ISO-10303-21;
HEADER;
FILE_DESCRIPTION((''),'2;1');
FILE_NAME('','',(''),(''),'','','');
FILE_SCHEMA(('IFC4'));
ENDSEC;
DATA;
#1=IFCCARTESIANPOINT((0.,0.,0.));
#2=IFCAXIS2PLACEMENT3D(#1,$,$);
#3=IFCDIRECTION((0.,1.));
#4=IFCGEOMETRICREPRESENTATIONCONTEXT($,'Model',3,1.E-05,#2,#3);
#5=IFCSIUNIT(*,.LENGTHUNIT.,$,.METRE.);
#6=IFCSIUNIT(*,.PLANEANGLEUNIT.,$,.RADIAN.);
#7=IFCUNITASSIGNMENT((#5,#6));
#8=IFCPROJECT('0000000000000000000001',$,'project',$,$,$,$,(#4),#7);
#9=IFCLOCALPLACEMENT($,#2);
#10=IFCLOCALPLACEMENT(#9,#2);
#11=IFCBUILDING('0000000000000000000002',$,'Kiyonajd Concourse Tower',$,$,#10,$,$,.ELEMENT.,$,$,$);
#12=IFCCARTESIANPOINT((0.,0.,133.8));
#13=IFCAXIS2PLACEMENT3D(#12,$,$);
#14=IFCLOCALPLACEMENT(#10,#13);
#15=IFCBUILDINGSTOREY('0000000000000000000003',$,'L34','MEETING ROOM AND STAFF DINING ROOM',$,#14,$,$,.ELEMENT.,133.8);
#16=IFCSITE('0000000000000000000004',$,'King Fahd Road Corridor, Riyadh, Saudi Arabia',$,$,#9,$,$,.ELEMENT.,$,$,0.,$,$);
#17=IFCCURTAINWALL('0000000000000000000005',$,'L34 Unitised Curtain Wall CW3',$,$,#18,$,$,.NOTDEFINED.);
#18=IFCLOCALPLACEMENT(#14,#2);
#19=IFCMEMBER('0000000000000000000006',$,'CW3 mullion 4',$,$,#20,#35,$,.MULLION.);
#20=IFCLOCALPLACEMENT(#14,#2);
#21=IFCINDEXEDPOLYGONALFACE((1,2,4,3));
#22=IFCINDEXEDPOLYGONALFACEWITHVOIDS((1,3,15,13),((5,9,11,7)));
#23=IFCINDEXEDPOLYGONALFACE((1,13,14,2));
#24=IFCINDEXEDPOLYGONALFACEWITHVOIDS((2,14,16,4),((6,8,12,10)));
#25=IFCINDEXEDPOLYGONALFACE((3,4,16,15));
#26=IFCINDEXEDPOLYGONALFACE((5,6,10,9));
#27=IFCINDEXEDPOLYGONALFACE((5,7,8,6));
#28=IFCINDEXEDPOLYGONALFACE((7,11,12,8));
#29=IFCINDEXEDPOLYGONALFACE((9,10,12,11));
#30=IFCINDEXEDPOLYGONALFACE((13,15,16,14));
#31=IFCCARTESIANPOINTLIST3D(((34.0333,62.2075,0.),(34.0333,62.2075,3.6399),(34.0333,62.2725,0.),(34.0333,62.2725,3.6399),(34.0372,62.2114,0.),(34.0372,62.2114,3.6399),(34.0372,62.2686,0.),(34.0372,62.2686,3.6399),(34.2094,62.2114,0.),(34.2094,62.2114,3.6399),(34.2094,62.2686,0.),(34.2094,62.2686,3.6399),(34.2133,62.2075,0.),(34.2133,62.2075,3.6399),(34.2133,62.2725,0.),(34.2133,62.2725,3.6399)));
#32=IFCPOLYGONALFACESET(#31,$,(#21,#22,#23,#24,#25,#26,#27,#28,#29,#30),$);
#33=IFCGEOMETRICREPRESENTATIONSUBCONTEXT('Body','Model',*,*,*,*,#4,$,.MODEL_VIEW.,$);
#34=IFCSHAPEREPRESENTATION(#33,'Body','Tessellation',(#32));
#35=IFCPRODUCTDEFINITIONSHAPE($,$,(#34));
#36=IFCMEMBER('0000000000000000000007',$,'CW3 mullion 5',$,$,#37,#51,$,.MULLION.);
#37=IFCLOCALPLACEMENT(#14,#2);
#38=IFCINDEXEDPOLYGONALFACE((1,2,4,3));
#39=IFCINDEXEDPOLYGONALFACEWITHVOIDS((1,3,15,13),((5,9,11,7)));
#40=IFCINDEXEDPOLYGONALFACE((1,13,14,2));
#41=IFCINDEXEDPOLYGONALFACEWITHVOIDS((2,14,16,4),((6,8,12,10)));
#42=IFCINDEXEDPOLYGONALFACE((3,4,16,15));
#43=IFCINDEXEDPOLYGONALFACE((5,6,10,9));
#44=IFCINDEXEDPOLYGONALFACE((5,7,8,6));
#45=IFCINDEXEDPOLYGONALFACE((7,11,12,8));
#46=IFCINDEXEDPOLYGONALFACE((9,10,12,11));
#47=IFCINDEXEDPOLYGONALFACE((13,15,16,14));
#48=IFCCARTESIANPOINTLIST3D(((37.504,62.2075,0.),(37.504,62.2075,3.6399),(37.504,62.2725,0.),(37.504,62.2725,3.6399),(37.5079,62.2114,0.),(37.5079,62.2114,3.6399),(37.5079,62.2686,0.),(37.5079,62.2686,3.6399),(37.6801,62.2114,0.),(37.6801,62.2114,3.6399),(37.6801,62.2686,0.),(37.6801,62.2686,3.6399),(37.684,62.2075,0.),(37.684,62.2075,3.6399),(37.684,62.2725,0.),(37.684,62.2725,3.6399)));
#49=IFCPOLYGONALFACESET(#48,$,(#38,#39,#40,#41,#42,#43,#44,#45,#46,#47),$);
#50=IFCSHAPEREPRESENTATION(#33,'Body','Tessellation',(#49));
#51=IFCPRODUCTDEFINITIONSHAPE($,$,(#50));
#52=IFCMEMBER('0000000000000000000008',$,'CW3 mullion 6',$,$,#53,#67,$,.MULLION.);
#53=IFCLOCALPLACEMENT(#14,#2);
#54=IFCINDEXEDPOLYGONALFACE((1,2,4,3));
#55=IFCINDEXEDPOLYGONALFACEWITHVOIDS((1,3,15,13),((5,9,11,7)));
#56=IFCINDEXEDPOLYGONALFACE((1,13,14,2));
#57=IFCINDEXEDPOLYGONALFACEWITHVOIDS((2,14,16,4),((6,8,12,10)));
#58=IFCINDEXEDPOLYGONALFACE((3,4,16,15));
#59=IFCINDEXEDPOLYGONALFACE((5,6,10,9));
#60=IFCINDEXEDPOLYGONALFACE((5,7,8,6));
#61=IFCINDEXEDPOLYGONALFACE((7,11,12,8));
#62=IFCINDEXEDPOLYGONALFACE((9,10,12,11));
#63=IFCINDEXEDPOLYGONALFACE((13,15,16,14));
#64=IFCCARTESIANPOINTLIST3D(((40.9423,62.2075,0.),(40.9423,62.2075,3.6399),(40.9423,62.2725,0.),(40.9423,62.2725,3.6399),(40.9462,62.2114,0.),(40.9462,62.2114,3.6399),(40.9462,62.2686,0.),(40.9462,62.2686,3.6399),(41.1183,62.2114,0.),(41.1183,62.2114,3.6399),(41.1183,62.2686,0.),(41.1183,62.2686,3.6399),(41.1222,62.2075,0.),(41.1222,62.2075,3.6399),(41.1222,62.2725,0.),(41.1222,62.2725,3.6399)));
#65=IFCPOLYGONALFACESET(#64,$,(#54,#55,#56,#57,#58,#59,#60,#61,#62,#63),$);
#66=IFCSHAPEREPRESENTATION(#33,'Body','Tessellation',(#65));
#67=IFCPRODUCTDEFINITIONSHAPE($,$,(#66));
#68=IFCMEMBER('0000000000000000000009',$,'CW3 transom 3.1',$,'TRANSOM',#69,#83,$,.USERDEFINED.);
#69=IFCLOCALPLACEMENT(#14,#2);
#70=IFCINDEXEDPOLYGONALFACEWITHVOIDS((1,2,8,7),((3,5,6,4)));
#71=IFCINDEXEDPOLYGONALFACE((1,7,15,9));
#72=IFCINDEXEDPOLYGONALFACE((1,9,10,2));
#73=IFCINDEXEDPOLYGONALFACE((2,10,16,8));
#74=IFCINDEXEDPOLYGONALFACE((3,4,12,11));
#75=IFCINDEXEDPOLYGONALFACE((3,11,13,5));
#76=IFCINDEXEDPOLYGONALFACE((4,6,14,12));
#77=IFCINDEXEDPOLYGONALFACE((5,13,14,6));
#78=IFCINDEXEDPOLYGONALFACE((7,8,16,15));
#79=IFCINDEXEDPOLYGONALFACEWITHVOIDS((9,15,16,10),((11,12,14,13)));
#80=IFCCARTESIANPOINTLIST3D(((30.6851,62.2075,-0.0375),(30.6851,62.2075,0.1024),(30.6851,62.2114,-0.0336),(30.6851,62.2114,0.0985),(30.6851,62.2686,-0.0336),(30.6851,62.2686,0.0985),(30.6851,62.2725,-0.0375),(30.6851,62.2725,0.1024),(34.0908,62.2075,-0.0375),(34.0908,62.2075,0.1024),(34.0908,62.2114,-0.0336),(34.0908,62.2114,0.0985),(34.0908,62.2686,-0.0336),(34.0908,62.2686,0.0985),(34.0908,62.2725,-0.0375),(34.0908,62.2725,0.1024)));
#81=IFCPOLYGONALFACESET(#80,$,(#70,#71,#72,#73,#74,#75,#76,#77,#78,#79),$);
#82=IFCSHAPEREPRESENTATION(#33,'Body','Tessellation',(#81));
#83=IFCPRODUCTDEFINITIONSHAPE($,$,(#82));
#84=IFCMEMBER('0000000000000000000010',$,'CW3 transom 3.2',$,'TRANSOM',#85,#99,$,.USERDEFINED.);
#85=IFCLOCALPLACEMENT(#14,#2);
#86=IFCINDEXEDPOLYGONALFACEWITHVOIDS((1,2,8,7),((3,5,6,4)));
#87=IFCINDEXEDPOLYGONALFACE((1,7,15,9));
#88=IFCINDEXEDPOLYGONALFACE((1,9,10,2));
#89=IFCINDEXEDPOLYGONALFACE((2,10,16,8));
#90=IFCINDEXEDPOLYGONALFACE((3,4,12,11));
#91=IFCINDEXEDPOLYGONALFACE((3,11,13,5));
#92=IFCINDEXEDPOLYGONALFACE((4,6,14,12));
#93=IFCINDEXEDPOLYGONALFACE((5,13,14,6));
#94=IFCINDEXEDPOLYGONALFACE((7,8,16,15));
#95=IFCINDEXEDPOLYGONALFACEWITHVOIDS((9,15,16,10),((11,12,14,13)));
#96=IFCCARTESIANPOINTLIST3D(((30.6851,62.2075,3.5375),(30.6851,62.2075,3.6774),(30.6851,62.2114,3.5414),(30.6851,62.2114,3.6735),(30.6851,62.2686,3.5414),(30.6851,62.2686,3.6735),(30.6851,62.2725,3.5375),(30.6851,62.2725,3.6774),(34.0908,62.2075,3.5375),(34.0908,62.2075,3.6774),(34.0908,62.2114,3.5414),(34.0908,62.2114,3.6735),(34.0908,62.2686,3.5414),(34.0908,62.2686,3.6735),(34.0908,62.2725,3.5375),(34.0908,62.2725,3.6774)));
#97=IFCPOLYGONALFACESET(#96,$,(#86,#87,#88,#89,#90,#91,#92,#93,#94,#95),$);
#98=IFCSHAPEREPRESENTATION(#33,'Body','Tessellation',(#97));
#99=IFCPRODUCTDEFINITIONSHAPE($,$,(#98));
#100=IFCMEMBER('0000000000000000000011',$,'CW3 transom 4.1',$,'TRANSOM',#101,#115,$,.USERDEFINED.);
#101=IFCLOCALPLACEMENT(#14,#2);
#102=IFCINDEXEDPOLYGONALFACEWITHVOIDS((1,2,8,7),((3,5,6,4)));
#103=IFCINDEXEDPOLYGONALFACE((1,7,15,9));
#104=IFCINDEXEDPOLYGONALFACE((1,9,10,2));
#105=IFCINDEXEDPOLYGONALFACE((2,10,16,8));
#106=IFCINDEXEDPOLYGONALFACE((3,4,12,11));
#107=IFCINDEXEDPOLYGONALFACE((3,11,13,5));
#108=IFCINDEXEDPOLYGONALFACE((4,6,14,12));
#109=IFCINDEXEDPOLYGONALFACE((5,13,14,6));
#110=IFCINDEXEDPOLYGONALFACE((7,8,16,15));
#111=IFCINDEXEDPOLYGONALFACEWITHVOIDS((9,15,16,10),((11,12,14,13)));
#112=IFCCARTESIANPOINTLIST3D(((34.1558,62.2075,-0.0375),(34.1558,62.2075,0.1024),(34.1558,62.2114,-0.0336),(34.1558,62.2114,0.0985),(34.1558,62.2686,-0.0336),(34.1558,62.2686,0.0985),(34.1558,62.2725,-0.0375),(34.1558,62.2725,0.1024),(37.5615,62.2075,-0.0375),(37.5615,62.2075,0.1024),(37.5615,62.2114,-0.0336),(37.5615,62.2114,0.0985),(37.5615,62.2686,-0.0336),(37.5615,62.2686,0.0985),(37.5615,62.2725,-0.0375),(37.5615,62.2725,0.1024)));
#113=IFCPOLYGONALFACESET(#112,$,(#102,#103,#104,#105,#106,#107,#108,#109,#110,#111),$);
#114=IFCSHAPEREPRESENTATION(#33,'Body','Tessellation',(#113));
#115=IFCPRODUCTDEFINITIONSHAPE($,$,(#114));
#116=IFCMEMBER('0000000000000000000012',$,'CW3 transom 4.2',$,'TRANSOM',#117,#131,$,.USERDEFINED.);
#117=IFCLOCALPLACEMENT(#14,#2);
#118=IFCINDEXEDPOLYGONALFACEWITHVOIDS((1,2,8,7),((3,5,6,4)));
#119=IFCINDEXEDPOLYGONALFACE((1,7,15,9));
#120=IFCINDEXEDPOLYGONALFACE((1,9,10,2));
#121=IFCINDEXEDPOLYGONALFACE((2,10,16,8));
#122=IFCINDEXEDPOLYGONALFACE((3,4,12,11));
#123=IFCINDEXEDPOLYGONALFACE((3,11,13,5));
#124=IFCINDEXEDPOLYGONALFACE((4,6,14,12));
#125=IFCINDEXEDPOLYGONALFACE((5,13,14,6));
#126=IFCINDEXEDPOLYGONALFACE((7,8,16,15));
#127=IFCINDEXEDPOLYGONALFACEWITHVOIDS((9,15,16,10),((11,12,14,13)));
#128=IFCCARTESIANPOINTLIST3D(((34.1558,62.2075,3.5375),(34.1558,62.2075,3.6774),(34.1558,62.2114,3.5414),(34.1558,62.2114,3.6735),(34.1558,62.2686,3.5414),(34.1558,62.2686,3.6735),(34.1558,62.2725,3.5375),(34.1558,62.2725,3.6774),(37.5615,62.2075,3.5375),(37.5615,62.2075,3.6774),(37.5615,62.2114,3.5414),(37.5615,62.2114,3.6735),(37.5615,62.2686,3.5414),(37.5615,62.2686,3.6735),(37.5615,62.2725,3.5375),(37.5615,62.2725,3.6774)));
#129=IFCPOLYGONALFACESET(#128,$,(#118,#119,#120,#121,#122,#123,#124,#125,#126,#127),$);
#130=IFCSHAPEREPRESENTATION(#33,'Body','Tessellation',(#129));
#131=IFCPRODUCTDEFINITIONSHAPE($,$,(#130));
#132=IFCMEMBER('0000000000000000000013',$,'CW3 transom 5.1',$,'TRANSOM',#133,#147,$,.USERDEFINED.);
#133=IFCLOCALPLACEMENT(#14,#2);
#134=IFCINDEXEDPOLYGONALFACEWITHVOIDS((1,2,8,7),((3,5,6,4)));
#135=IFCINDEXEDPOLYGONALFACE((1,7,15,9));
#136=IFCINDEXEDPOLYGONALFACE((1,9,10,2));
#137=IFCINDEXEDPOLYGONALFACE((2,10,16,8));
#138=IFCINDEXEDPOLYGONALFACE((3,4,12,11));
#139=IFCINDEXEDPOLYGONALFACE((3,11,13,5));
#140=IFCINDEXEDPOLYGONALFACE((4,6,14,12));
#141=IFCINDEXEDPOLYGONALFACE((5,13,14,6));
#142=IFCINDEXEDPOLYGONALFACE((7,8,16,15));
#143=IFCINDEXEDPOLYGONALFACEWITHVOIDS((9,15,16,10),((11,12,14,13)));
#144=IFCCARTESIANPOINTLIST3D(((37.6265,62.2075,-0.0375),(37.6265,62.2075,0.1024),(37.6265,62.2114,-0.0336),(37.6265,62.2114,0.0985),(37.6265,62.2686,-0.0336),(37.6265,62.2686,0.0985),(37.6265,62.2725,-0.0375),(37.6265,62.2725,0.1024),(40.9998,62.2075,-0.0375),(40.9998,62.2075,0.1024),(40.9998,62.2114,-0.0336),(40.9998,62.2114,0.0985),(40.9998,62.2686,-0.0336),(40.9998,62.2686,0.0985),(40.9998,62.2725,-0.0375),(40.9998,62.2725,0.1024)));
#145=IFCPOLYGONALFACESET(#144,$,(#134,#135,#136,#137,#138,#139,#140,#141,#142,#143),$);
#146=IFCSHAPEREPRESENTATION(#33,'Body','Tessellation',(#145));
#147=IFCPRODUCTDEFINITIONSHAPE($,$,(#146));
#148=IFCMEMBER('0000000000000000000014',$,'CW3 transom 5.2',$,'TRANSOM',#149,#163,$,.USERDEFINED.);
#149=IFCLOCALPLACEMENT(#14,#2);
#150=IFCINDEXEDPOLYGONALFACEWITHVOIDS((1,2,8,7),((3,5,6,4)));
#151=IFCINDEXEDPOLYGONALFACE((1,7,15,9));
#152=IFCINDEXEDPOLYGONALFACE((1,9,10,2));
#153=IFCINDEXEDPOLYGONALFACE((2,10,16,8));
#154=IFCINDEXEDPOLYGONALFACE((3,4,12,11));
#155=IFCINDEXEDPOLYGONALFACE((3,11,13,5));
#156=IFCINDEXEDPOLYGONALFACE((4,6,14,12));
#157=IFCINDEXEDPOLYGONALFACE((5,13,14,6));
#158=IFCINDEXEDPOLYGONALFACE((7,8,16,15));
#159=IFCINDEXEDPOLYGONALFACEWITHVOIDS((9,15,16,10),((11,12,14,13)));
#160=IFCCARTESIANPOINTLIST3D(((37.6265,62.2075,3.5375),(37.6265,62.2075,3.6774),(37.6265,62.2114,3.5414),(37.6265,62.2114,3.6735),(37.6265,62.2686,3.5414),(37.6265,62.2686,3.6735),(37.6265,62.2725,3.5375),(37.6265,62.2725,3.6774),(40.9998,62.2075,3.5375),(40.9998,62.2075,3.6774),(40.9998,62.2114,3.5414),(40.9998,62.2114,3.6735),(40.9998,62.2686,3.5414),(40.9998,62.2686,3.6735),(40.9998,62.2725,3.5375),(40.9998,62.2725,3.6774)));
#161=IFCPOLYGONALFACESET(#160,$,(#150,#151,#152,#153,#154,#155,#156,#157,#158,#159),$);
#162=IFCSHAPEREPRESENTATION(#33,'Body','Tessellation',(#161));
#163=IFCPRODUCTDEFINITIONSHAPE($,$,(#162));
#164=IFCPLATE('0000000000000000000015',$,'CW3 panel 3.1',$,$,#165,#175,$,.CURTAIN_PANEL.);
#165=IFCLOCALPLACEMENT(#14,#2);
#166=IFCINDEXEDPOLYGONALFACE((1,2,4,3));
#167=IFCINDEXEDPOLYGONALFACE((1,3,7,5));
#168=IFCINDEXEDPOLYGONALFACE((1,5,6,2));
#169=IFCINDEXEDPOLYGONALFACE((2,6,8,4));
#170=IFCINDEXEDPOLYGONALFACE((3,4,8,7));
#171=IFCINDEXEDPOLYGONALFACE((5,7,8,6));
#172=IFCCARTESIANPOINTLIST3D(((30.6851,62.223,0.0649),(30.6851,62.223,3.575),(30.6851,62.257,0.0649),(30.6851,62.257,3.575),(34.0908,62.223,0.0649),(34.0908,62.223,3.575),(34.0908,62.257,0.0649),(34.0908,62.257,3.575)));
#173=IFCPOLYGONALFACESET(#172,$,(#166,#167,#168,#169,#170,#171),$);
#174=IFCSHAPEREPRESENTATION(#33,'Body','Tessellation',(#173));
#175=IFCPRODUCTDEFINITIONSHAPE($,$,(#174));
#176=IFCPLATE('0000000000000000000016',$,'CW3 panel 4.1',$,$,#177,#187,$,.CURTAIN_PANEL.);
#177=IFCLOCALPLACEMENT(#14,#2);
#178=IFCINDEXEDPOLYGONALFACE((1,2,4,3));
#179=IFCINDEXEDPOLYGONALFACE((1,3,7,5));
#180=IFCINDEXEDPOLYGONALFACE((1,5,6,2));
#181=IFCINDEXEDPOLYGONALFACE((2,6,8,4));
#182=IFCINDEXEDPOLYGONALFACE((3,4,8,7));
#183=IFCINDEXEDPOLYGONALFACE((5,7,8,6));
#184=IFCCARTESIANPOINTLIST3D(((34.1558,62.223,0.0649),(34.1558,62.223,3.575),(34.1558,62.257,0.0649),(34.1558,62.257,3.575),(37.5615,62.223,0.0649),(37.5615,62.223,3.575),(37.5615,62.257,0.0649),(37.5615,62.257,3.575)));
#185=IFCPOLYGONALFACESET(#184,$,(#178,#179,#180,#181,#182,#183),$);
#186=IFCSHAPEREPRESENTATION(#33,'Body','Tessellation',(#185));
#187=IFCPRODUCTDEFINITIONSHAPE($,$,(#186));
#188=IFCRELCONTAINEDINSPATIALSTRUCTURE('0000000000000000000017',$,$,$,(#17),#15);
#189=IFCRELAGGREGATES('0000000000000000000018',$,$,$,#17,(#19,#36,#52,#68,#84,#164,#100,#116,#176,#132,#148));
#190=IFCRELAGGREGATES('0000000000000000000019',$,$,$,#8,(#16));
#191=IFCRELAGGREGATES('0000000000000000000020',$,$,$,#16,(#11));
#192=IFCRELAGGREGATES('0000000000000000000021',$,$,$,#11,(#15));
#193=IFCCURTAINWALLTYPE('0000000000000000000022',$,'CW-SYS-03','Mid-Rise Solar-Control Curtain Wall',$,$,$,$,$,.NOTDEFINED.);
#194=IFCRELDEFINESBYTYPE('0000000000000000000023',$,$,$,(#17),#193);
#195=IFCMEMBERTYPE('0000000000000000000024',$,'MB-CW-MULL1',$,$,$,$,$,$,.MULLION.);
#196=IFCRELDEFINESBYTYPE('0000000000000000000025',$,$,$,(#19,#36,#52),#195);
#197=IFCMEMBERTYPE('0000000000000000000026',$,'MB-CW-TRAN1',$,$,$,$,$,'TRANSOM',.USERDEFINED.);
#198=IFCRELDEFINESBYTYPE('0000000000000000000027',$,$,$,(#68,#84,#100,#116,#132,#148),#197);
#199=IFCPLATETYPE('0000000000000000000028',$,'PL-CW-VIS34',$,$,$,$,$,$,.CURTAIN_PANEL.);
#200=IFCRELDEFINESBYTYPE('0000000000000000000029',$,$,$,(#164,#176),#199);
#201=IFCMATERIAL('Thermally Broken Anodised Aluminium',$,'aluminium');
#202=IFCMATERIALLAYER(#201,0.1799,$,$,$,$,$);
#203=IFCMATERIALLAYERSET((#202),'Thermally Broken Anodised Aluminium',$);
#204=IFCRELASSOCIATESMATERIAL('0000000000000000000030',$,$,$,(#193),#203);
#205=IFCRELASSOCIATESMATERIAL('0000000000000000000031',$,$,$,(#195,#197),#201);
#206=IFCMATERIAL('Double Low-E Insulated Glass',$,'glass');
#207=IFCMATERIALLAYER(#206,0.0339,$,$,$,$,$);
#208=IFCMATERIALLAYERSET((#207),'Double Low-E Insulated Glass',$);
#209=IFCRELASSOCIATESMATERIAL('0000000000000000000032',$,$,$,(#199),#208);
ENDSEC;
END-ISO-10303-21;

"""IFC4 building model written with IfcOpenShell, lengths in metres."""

from ifc_helpers import new_model, si_unit, direction, frame, origin, origin_2d, place, context, subcontext, project, spatial, rectangle, hollow_rectangle, extrude, material, layer, layer_set, material_profile, profile_set, type_object, element, aggregate, save


model = new_model("IFC4")

# Units and contexts
model_context = context("Model", 3, precision=1e-05, world=origin(), true_north=direction((0.0, 1.0)))
body_context = subcontext(model_context, "Body", "Model", "MODEL_VIEW")
ifc_project = project(units=[si_unit("LENGTHUNIT", "METRE"), si_unit("PLANEANGLEUNIT", "RADIAN")], contexts=[model_context])

# Site, building, storey
site_placement = place(None, origin())
site = spatial("IfcSite", under=ifc_project, at=site_placement, Name="King Fahd Road Corridor, Riyadh, Saudi Arabia", CompositionType="ELEMENT", RefElevation=0.0)
building_placement = place(site_placement, origin())
building = spatial("IfcBuilding", under=site, at=building_placement, Name="Kiyonajd Concourse Tower", CompositionType="ELEMENT")
storey_placement = place(building_placement, frame((0.0, 0.0, 133.8)))
storey = spatial("IfcBuildingStorey", under=building, at=storey_placement, Name="L34", Description="MEETING ROOM AND STAFF DINING ROOM", CompositionType="ELEMENT", Elevation=133.8)

# Curtain wall, members, plates
ifc_material_1 = material(Name="Thermally Broken Anodised Aluminium", Category="aluminium")
ifc_layer_1 = layer(ifc_material_1, 0.1799)
ifc_layer_set_1 = layer_set([ifc_layer_1], Name="Thermally Broken Anodised Aluminium")
curtain_wall_type = type_object("IfcCurtainWallType", Name="CW-SYS-03", Description="Mid-Rise Solar-Control Curtain Wall", PredefinedType="NOTDEFINED", material=ifc_layer_set_1)
curtain_wall_placement = place(storey_placement, origin())
curtain_wall = element("IfcCurtainWall", 1, at=curtain_wall_placement, inside=storey, type_object=curtain_wall_type, Name="L34 Unitised Curtain Wall CW3", PredefinedType="NOTDEFINED")
ifc_material_profile_1 = material_profile(ifc_material_1, hollow_rectangle(XDim=0.0649, YDim=0.1799, WallThickness=0.0039, at=origin_2d()), Name="MULL-65x180")
ifc_profile_set_1 = profile_set([ifc_material_profile_1], Name="Thermally Broken Anodised Aluminium")
member_type_1 = type_object("IfcMemberType", Name="MB-CW-MULL1", PredefinedType="MULLION", material=ifc_profile_set_1)
member_1_placement = place(storey_placement, frame((34.1233, 62.24, 0.0), z_axis=(0.0, 0.0, 1.0), x_axis=(0.0, 1.0, 0.0)))
member_1 = element("IfcMember", 2, at=member_1_placement, type_object=member_type_1, Name="CW3 mullion 4", PredefinedType="MULLION", context=body_context, shape_type="SweptSolid", body=[
    extrude(hollow_rectangle(XDim=0.0649, YDim=0.1799, WallThickness=0.0039, at=origin_2d()), origin(), (0.0, 0.0, 1.0), 3.6399),
])
member_2_placement = place(storey_placement, frame((37.594, 62.24, 0.0), z_axis=(0.0, 0.0, 1.0), x_axis=(0.0, 1.0, 0.0)))
member_2 = element("IfcMember", 3, at=member_2_placement, type_object=member_type_1, Name="CW3 mullion 5", PredefinedType="MULLION", context=body_context, shape_type="SweptSolid", body=[
    extrude(hollow_rectangle(XDim=0.0649, YDim=0.1799, WallThickness=0.0039, at=origin_2d()), origin(), (0.0, 0.0, 1.0), 3.6399),
])
member_3_placement = place(storey_placement, frame((41.0322, 62.24, 0.0), z_axis=(0.0, 0.0, 1.0), x_axis=(0.0, 1.0, 0.0)))
member_3 = element("IfcMember", 4, at=member_3_placement, type_object=member_type_1, Name="CW3 mullion 6", PredefinedType="MULLION", context=body_context, shape_type="SweptSolid", body=[
    extrude(hollow_rectangle(XDim=0.0649, YDim=0.1799, WallThickness=0.0039, at=origin_2d()), origin(), (0.0, 0.0, 1.0), 3.6399),
])
ifc_material_profile_2 = material_profile(ifc_material_1, hollow_rectangle(XDim=0.0649, YDim=0.1399, WallThickness=0.0039, at=origin_2d()), Name="TRAN-65x140")
ifc_profile_set_2 = profile_set([ifc_material_profile_2], Name="Thermally Broken Anodised Aluminium")
member_type_2 = type_object("IfcMemberType", Name="MB-CW-TRAN1", ElementType="TRANSOM", PredefinedType="USERDEFINED", material=ifc_profile_set_2)
member_4_placement = place(storey_placement, frame((30.6851, 62.24, 0.0325), z_axis=(1.0, 0.0, 0.0), x_axis=(0.0, 1.0, 0.0)))
member_4 = element("IfcMember", 5, at=member_4_placement, type_object=member_type_2, Name="CW3 transom 3.1", ObjectType="TRANSOM", PredefinedType="USERDEFINED", context=body_context, shape_type="SweptSolid", body=[
    extrude(hollow_rectangle(XDim=0.0649, YDim=0.1399, WallThickness=0.0039, at=origin_2d()), origin(), (0.0, 0.0, 1.0), 3.4058),
])
member_5_placement = place(storey_placement, frame((30.6851, 62.24, 3.6074), z_axis=(1.0, 0.0, 0.0), x_axis=(0.0, 1.0, 0.0)))
member_5 = element("IfcMember", 6, at=member_5_placement, type_object=member_type_2, Name="CW3 transom 3.2", ObjectType="TRANSOM", PredefinedType="USERDEFINED", context=body_context, shape_type="SweptSolid", body=[
    extrude(hollow_rectangle(XDim=0.0649, YDim=0.1399, WallThickness=0.0039, at=origin_2d()), origin(), (0.0, 0.0, 1.0), 3.4058),
])
member_6_placement = place(storey_placement, frame((34.1558, 62.24, 0.0325), z_axis=(1.0, 0.0, 0.0), x_axis=(0.0, 1.0, 0.0)))
member_6 = element("IfcMember", 7, at=member_6_placement, type_object=member_type_2, Name="CW3 transom 4.1", ObjectType="TRANSOM", PredefinedType="USERDEFINED", context=body_context, shape_type="SweptSolid", body=[
    extrude(hollow_rectangle(XDim=0.0649, YDim=0.1399, WallThickness=0.0039, at=origin_2d()), origin(), (0.0, 0.0, 1.0), 3.4058),
])
member_7_placement = place(storey_placement, frame((34.1558, 62.24, 3.6074), z_axis=(1.0, 0.0, 0.0), x_axis=(0.0, 1.0, 0.0)))
member_7 = element("IfcMember", 8, at=member_7_placement, type_object=member_type_2, Name="CW3 transom 4.2", ObjectType="TRANSOM", PredefinedType="USERDEFINED", context=body_context, shape_type="SweptSolid", body=[
    extrude(hollow_rectangle(XDim=0.0649, YDim=0.1399, WallThickness=0.0039, at=origin_2d()), origin(), (0.0, 0.0, 1.0), 3.4058),
])
member_8_placement = place(storey_placement, frame((37.6265, 62.24, 0.0325), z_axis=(1.0, 0.0, 0.0), x_axis=(0.0, 1.0, 0.0)))
member_8 = element("IfcMember", 9, at=member_8_placement, type_object=member_type_2, Name="CW3 transom 5.1", ObjectType="TRANSOM", PredefinedType="USERDEFINED", context=body_context, shape_type="SweptSolid", body=[
    extrude(hollow_rectangle(XDim=0.0649, YDim=0.1399, WallThickness=0.0039, at=origin_2d()), origin(), (0.0, 0.0, 1.0), 3.3733),
])
member_9_placement = place(storey_placement, frame((37.6265, 62.24, 3.6074), z_axis=(1.0, 0.0, 0.0), x_axis=(0.0, 1.0, 0.0)))
member_9 = element("IfcMember", 10, at=member_9_placement, type_object=member_type_2, Name="CW3 transom 5.2", ObjectType="TRANSOM", PredefinedType="USERDEFINED", context=body_context, shape_type="SweptSolid", body=[
    extrude(hollow_rectangle(XDim=0.0649, YDim=0.1399, WallThickness=0.0039, at=origin_2d()), origin(), (0.0, 0.0, 1.0), 3.3733),
])
ifc_material_2 = material(Name="Double Low-E Insulated Glass", Category="glass")
ifc_layer_2 = layer(ifc_material_2, 0.0339)
ifc_layer_set_2 = layer_set([ifc_layer_2], Name="Double Low-E Insulated Glass")
plate_type_1 = type_object("IfcPlateType", Name="PL-CW-VIS34", PredefinedType="CURTAIN_PANEL", material=ifc_layer_set_2)
plate_1_placement = place(storey_placement, frame((32.3879, 62.24, 0.0649), z_axis=(0.0, 0.0, 1.0), x_axis=(1.0, 0.0, 0.0)))
plate_1 = element("IfcPlate", 11, at=plate_1_placement, type_object=plate_type_1, Name="CW3 panel 3.1", PredefinedType="CURTAIN_PANEL", context=body_context, shape_type="SweptSolid", body=[
    extrude(rectangle(XDim=3.4058, YDim=0.0339, at=origin_2d()), origin(), (0.0, 0.0, 1.0), 3.51),
])
plate_2_placement = place(storey_placement, frame((35.8586, 62.24, 0.0649), z_axis=(0.0, 0.0, 1.0), x_axis=(1.0, 0.0, 0.0)))
plate_2 = element("IfcPlate", 12, at=plate_2_placement, type_object=plate_type_1, Name="CW3 panel 4.1", PredefinedType="CURTAIN_PANEL", context=body_context, shape_type="SweptSolid", body=[
    extrude(rectangle(XDim=3.4058, YDim=0.0339, at=origin_2d()), origin(), (0.0, 0.0, 1.0), 3.51),
])
aggregate(curtain_wall, [member_1, member_2, member_3, member_4, member_5, plate_1, member_6, member_7, plate_2, member_8, member_9])

save(model, "model.ifc")
